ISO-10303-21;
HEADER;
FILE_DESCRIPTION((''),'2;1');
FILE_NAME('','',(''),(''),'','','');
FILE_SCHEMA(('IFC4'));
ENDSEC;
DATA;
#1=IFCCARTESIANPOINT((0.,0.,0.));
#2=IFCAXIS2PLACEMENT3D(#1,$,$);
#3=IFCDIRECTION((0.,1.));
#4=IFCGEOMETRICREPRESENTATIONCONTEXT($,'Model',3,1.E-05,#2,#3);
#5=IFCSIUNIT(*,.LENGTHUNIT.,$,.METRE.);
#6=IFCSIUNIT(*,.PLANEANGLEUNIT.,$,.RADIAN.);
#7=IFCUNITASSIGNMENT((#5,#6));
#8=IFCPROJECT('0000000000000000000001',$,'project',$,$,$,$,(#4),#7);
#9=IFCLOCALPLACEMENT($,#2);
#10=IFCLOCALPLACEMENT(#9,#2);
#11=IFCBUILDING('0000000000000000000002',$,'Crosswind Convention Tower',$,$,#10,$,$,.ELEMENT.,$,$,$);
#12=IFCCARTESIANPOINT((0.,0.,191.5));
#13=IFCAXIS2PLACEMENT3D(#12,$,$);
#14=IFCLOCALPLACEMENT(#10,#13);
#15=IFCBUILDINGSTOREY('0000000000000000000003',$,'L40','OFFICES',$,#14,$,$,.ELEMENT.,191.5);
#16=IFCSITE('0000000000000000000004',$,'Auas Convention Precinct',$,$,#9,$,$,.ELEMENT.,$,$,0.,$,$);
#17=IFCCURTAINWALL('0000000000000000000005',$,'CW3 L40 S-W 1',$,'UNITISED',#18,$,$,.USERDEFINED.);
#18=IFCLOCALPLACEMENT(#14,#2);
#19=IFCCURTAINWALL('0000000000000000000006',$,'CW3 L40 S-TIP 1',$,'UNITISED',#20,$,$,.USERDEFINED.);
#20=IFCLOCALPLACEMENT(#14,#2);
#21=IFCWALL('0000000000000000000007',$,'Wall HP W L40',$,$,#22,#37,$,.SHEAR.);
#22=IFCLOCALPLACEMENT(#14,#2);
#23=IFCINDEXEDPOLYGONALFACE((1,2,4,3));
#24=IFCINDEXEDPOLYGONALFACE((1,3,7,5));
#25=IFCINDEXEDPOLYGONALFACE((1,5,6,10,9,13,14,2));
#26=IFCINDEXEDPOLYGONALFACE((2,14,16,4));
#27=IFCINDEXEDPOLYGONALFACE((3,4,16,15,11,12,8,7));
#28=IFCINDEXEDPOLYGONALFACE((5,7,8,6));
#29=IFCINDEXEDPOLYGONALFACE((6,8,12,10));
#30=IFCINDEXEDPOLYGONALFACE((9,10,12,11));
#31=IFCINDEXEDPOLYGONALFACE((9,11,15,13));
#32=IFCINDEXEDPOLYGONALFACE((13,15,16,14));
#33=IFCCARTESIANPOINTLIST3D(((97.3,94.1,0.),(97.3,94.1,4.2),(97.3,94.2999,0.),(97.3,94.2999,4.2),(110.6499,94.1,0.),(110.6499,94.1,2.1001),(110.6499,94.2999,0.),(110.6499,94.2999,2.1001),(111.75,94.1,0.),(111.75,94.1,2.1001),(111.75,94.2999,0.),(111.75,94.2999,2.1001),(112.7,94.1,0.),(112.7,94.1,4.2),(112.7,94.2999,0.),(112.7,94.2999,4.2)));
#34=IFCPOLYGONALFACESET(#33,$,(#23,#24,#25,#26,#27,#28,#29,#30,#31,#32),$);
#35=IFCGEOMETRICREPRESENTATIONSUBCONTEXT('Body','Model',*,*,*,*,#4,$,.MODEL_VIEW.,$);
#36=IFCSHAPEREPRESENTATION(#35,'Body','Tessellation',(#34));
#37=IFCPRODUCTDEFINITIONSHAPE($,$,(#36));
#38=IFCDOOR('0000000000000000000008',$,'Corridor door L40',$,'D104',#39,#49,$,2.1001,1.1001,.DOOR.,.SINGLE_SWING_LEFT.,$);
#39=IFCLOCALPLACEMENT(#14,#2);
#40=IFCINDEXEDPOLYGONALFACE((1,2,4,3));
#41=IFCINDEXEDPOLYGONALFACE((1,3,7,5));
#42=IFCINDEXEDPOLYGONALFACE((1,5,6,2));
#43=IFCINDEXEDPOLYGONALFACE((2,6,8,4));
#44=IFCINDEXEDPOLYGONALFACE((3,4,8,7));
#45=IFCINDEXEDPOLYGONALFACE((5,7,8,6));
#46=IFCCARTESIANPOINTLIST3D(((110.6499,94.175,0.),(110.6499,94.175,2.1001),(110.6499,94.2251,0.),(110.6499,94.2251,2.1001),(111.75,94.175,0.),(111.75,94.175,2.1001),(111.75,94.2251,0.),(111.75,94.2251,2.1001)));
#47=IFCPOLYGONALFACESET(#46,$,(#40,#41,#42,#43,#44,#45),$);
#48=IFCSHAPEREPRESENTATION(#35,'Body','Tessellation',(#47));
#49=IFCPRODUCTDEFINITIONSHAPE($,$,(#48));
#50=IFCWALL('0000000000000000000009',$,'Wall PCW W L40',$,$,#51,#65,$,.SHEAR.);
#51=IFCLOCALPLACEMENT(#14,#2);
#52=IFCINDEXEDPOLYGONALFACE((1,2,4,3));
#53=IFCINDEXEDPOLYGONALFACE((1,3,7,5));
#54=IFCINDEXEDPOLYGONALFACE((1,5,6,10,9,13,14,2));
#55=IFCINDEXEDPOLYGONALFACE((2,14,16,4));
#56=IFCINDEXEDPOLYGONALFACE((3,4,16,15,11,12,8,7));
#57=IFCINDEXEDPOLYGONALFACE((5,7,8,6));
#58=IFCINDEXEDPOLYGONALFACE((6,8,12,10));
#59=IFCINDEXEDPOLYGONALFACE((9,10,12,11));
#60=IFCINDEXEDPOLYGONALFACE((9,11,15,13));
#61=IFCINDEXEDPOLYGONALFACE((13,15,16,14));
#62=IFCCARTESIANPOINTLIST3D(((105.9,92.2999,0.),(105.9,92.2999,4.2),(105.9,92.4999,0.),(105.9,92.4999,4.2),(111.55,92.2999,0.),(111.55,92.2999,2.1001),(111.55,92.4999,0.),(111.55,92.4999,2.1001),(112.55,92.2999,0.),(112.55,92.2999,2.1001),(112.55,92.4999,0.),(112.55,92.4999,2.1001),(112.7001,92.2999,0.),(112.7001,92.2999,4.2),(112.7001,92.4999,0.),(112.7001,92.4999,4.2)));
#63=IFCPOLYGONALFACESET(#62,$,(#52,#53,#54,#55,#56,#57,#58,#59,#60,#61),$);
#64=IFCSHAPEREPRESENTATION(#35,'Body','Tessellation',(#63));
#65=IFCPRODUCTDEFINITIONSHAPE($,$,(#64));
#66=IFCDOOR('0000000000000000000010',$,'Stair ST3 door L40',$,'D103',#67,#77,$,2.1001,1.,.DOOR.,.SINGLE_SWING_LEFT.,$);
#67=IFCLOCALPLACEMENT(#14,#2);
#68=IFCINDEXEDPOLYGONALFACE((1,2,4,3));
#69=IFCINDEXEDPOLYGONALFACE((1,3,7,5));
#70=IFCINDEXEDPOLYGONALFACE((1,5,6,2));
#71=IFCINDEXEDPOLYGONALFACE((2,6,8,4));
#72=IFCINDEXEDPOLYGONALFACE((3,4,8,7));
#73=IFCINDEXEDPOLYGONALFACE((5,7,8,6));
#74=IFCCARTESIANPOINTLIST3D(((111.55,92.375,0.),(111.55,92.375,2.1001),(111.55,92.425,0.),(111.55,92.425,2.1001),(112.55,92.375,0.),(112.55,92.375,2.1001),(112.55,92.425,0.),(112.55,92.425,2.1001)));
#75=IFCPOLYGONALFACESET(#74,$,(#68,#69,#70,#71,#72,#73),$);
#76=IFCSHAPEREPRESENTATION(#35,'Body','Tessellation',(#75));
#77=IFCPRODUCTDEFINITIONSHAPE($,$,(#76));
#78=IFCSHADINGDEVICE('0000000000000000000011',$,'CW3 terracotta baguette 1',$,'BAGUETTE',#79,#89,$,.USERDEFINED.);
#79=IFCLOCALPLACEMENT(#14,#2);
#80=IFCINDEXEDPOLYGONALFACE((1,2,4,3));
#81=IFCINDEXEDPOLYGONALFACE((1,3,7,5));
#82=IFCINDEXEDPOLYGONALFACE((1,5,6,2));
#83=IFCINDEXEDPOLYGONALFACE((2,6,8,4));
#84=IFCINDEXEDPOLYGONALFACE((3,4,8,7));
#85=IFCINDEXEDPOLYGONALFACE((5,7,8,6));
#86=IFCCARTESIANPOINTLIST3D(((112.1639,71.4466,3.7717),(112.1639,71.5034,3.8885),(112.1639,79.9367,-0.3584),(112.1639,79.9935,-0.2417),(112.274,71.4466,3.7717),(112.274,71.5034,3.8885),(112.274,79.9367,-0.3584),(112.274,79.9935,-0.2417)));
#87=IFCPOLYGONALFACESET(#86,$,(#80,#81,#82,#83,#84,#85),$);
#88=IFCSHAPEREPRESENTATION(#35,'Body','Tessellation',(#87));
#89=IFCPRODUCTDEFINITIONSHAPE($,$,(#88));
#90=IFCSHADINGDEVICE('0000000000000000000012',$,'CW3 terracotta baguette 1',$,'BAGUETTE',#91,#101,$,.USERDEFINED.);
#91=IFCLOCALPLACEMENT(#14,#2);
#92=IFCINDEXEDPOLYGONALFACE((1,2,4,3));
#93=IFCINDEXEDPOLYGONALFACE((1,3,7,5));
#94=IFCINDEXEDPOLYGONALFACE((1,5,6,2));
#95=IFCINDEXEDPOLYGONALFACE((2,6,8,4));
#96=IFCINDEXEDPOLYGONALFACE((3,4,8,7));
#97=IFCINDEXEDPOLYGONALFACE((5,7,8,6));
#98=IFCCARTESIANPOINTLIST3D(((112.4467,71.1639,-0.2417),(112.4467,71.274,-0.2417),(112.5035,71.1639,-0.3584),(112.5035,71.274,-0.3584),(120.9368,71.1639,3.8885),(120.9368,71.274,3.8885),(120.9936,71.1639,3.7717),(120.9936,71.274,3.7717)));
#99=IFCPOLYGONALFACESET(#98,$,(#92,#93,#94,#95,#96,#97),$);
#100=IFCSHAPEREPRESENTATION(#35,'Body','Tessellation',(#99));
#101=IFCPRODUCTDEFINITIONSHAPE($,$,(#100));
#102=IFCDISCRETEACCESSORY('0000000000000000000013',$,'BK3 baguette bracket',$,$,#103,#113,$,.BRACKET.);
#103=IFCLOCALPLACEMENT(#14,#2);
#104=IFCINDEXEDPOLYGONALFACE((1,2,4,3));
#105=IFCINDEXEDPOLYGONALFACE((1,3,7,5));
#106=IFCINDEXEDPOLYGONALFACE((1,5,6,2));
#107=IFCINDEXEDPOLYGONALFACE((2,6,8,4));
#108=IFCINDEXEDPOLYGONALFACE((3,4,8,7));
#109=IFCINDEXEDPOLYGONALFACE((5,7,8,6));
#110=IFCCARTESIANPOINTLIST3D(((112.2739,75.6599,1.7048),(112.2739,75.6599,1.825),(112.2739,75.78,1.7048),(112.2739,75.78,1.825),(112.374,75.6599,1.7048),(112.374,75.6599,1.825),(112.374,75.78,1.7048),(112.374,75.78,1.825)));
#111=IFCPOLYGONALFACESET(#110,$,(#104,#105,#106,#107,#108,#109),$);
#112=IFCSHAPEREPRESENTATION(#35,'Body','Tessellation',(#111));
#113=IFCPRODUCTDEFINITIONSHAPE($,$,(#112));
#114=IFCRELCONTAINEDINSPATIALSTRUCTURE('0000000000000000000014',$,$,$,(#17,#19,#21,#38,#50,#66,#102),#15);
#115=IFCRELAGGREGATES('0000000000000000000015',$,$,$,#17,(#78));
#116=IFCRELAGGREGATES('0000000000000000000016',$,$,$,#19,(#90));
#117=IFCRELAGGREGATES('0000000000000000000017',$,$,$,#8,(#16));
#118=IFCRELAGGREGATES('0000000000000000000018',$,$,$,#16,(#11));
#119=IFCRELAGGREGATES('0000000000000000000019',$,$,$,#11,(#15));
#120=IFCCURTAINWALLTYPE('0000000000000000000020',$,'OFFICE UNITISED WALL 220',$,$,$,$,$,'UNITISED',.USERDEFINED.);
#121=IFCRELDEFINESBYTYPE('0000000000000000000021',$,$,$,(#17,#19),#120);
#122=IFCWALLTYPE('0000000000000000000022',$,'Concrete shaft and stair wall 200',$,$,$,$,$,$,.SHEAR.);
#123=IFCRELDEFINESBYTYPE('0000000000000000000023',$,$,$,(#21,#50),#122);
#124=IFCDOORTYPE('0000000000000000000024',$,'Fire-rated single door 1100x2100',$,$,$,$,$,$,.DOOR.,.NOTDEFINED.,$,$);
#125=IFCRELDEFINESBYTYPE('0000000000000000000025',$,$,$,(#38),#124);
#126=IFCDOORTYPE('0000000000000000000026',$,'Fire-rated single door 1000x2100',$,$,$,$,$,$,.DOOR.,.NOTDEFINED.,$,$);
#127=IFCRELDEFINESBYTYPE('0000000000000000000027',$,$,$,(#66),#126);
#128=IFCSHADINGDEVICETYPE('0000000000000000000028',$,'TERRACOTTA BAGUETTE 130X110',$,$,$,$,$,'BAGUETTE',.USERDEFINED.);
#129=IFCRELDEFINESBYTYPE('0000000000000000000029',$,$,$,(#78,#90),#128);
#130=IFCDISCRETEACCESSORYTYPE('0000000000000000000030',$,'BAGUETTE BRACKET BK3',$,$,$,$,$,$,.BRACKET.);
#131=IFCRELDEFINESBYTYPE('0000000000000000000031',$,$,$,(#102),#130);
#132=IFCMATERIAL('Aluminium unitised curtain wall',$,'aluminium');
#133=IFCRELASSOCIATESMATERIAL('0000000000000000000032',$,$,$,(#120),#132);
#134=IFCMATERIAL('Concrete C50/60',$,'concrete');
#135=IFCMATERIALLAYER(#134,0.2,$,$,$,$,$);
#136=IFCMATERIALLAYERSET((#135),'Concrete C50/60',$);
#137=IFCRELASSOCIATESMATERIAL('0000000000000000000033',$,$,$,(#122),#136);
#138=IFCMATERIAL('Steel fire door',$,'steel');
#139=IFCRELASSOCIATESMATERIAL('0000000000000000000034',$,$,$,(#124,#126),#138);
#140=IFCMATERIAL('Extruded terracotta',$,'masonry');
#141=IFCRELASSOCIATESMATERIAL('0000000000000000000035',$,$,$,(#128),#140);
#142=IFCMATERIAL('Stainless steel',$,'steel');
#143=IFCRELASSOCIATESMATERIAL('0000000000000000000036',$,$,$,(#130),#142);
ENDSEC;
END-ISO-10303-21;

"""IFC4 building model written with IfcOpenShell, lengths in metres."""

from ifc_helpers import new_model, si_unit, direction, frame, frame_2d, origin, origin_2d, place, context, subcontext, project, spatial, rectangle, extrude, material, layer, layer_set, material_profile, profile_set, type_object, element, fill, aggregate, save


model = new_model("IFC4")

# Units and contexts
model_context = context("Model", 3, precision=1e-05, world=origin(), true_north=direction((0.0, 1.0)))
body_context = subcontext(model_context, "Body", "Model", "MODEL_VIEW")
ifc_project = project(units=[si_unit("LENGTHUNIT", "METRE"), si_unit("PLANEANGLEUNIT", "RADIAN")], contexts=[model_context])

# Site, building, storey
site_placement = place(None, origin())
site = spatial("IfcSite", under=ifc_project, at=site_placement, Name="Auas Convention Precinct", CompositionType="ELEMENT", RefElevation=0.0)
building_placement = place(site_placement, origin())
building = spatial("IfcBuilding", under=site, at=building_placement, Name="Crosswind Convention Tower", CompositionType="ELEMENT")
storey_placement = place(building_placement, frame((0.0, 0.0, 191.5)))
storey = spatial("IfcBuildingStorey", under=building, at=storey_placement, Name="L40", Description="OFFICES", CompositionType="ELEMENT", Elevation=191.5)

# Curtain wall
ifc_material_1 = material(Name="Aluminium unitised curtain wall", Category="aluminium")
curtain_wall_type_1 = type_object("IfcCurtainWallType", Name="OFFICE UNITISED WALL 220", ElementType="UNITISED", PredefinedType="USERDEFINED", material=ifc_material_1)
curtain_wall_1_placement = place(storey_placement, origin())
curtain_wall_1 = element("IfcCurtainWall", 1, at=curtain_wall_1_placement, inside=storey, type_object=curtain_wall_type_1, Name="CW3 L40 S-W 1", ObjectType="UNITISED", PredefinedType="USERDEFINED")

# Curtain wall
curtain_wall_2_placement = place(storey_placement, origin())
curtain_wall_2 = element("IfcCurtainWall", 2, at=curtain_wall_2_placement, inside=storey, type_object=curtain_wall_type_1, Name="CW3 L40 S-TIP 1", ObjectType="UNITISED", PredefinedType="USERDEFINED")

# Shared definitions
ifc_material_2 = material(Name="Concrete C50/60", Category="concrete")

# Walls, openings, doors
ifc_layer_1 = layer(ifc_material_2, 0.2)
ifc_layer_set_1 = layer_set([ifc_layer_1], Name="Concrete C50/60")
wall_type_1 = type_object("IfcWallType", Name="Concrete shaft and stair wall 200", PredefinedType="SHEAR", material=ifc_layer_set_1)
wall_1_placement = place(storey_placement, frame((112.7, 94.2, 0.0), z_axis=(0.0, 0.0, 1.0), x_axis=(-1.0, 0.0, 0.0)))
wall_1 = element("IfcWall", 3, at=wall_1_placement, inside=storey, type_object=wall_type_1, Name="Wall HP W L40", PredefinedType="SHEAR", context=body_context, shape_type="SweptSolid", body=[
    extrude(rectangle(XDim=15.3999, YDim=0.2, at=frame_2d((7.7, 0.0))), origin(), (0.0, 0.0, 1.0), 4.2),
])
opening_1_placement = place(wall_1_placement, frame((0.95, 0.0, 0.0)))
opening_1 = element("IfcOpeningElement", 4, at=opening_1_placement, cuts=wall_1, PredefinedType="OPENING", context=body_context, shape_type="SweptSolid", body=[
    extrude(rectangle(XDim=1.1001, YDim=2.1001, at=frame_2d((0.55, 1.05))), frame((0.0, 0.1099, 0.0), z_axis=(0.0, -1.0, 0.0), x_axis=(1.0, 0.0, 0.0)), (0.0, 0.0, 1.0), 0.22),
])
ifc_material_3 = material(Name="Steel fire door", Category="steel")
door_type_1 = type_object("IfcDoorType", Name="Fire-rated single door 1100x2100", OperationType="NOTDEFINED", PredefinedType="DOOR", material=ifc_material_3)
door_1_placement = place(opening_1_placement, origin())
door_1 = element("IfcDoor", 5, at=door_1_placement, inside=storey, type_object=door_type_1, Name="Corridor door L40", ObjectType="D104", OperationType="SINGLE_SWING_LEFT", OverallHeight=2.1001, OverallWidth=1.1001, PredefinedType="DOOR", context=body_context, shape_type="SweptSolid", body=[
    extrude(rectangle(XDim=1.1001, YDim=2.1001, at=frame_2d((0.55, 1.05))), frame((0.0, 0.0249, 0.0), z_axis=(0.0, -1.0, 0.0), x_axis=(1.0, 0.0, 0.0)), (0.0, 0.0, 1.0), 0.05),
])
fill(opening_1, door_1)
wall_2_placement = place(storey_placement, frame((112.7, 92.3999, 0.0), z_axis=(0.0, 0.0, 1.0), x_axis=(-1.0, 0.0, 0.0)))
wall_2 = element("IfcWall", 6, at=wall_2_placement, inside=storey, type_object=wall_type_1, Name="Wall PCW W L40", PredefinedType="SHEAR", context=body_context, shape_type="SweptSolid", body=[
    extrude(rectangle(XDim=6.8, YDim=0.2, at=frame_2d((3.3999, 0.0))), origin(), (0.0, 0.0, 1.0), 4.2),
])
opening_2_placement = place(wall_2_placement, frame((0.1499, 0.0, 0.0)))
opening_2 = element("IfcOpeningElement", 7, at=opening_2_placement, cuts=wall_2, PredefinedType="OPENING", context=body_context, shape_type="SweptSolid", body=[
    extrude(rectangle(XDim=1.0, YDim=2.1001, at=frame_2d((0.5, 1.05))), frame((0.0, 0.1099, 0.0), z_axis=(0.0, -1.0, 0.0), x_axis=(1.0, 0.0, 0.0)), (0.0, 0.0, 1.0), 0.22),
])
door_type_2 = type_object("IfcDoorType", Name="Fire-rated single door 1000x2100", OperationType="NOTDEFINED", PredefinedType="DOOR", material=ifc_material_3)
door_2_placement = place(opening_2_placement, origin())
door_2 = element("IfcDoor", 8, at=door_2_placement, inside=storey, type_object=door_type_2, Name="Stair ST3 door L40", ObjectType="D103", OperationType="SINGLE_SWING_LEFT", OverallHeight=2.1001, OverallWidth=1.0, PredefinedType="DOOR", context=body_context, shape_type="SweptSolid", body=[
    extrude(rectangle(XDim=1.0, YDim=2.1001, at=frame_2d((0.5, 1.05))), frame((0.0, 0.0249, 0.0), z_axis=(0.0, -1.0, 0.0), x_axis=(1.0, 0.0, 0.0)), (0.0, 0.0, 1.0), 0.05),
])
fill(opening_2, door_2)

# Shading devices
ifc_material_4 = material(Name="Extruded terracotta", Category="masonry")
ifc_material_profile_1 = material_profile(ifc_material_4, rectangle(XDim=0.1101, YDim=0.1299, at=origin_2d()), Name="TC 110X130")
ifc_profile_set_1 = profile_set([ifc_material_profile_1], Name="Extruded terracotta")
shading_device_type = type_object("IfcShadingDeviceType", Name="TERRACOTTA BAGUETTE 130X110", ElementType="BAGUETTE", PredefinedType="USERDEFINED", material=ifc_profile_set_1)
shading_device_1_placement = place(storey_placement, frame((112.219, 79.9651, -0.3), z_axis=(0.0, -0.899241, 0.437454), x_axis=(1.0, 0.0, 0.0)))
shading_device_1 = element("IfcShadingDevice", 9, at=shading_device_1_placement, type_object=shading_device_type, Name="CW3 terracotta baguette 1", ObjectType="BAGUETTE", PredefinedType="USERDEFINED", context=body_context, shape_type="SweptSolid", body=[
    extrude(rectangle(XDim=0.1101, YDim=0.1299, at=origin_2d()), origin(), (0.0, 0.0, 1.0), 9.4414),
])
aggregate(curtain_wall_1, [shading_device_1])
shading_device_2_placement = place(storey_placement, frame((112.4751, 71.219, -0.3), z_axis=(0.899241, 0.0, 0.437454), x_axis=(0.0, 1.0, 0.0)))
shading_device_2 = element("IfcShadingDevice", 10, at=shading_device_2_placement, type_object=shading_device_type, Name="CW3 terracotta baguette 1", ObjectType="BAGUETTE", PredefinedType="USERDEFINED", context=body_context, shape_type="SweptSolid", body=[
    extrude(rectangle(XDim=0.1101, YDim=0.1299, at=origin_2d()), origin(), (0.0, 0.0, 1.0), 9.4414),
])
aggregate(curtain_wall_2, [shading_device_2])

# Discrete accessory
ifc_material_5 = material(Name="Stainless steel", Category="steel")
discrete_accessory_type = type_object("IfcDiscreteAccessoryType", Name="BAGUETTE BRACKET BK3", PredefinedType="BRACKET", material=ifc_material_5)
discrete_accessory_placement = place(storey_placement, frame((112.324, 75.72, 1.7048), z_axis=(0.0, 0.0, 1.0), x_axis=(0.0, -1.0, 0.0)))
element("IfcDiscreteAccessory", 11, at=discrete_accessory_placement, inside=storey, type_object=discrete_accessory_type, Name="BK3 baguette bracket", PredefinedType="BRACKET", context=body_context, shape_type="SweptSolid", body=[
    extrude(rectangle(XDim=0.1201, YDim=0.1001, at=origin_2d()), origin(), (0.0, 0.0, 1.0), 0.1201),
])

save(model, "model.ifc")
